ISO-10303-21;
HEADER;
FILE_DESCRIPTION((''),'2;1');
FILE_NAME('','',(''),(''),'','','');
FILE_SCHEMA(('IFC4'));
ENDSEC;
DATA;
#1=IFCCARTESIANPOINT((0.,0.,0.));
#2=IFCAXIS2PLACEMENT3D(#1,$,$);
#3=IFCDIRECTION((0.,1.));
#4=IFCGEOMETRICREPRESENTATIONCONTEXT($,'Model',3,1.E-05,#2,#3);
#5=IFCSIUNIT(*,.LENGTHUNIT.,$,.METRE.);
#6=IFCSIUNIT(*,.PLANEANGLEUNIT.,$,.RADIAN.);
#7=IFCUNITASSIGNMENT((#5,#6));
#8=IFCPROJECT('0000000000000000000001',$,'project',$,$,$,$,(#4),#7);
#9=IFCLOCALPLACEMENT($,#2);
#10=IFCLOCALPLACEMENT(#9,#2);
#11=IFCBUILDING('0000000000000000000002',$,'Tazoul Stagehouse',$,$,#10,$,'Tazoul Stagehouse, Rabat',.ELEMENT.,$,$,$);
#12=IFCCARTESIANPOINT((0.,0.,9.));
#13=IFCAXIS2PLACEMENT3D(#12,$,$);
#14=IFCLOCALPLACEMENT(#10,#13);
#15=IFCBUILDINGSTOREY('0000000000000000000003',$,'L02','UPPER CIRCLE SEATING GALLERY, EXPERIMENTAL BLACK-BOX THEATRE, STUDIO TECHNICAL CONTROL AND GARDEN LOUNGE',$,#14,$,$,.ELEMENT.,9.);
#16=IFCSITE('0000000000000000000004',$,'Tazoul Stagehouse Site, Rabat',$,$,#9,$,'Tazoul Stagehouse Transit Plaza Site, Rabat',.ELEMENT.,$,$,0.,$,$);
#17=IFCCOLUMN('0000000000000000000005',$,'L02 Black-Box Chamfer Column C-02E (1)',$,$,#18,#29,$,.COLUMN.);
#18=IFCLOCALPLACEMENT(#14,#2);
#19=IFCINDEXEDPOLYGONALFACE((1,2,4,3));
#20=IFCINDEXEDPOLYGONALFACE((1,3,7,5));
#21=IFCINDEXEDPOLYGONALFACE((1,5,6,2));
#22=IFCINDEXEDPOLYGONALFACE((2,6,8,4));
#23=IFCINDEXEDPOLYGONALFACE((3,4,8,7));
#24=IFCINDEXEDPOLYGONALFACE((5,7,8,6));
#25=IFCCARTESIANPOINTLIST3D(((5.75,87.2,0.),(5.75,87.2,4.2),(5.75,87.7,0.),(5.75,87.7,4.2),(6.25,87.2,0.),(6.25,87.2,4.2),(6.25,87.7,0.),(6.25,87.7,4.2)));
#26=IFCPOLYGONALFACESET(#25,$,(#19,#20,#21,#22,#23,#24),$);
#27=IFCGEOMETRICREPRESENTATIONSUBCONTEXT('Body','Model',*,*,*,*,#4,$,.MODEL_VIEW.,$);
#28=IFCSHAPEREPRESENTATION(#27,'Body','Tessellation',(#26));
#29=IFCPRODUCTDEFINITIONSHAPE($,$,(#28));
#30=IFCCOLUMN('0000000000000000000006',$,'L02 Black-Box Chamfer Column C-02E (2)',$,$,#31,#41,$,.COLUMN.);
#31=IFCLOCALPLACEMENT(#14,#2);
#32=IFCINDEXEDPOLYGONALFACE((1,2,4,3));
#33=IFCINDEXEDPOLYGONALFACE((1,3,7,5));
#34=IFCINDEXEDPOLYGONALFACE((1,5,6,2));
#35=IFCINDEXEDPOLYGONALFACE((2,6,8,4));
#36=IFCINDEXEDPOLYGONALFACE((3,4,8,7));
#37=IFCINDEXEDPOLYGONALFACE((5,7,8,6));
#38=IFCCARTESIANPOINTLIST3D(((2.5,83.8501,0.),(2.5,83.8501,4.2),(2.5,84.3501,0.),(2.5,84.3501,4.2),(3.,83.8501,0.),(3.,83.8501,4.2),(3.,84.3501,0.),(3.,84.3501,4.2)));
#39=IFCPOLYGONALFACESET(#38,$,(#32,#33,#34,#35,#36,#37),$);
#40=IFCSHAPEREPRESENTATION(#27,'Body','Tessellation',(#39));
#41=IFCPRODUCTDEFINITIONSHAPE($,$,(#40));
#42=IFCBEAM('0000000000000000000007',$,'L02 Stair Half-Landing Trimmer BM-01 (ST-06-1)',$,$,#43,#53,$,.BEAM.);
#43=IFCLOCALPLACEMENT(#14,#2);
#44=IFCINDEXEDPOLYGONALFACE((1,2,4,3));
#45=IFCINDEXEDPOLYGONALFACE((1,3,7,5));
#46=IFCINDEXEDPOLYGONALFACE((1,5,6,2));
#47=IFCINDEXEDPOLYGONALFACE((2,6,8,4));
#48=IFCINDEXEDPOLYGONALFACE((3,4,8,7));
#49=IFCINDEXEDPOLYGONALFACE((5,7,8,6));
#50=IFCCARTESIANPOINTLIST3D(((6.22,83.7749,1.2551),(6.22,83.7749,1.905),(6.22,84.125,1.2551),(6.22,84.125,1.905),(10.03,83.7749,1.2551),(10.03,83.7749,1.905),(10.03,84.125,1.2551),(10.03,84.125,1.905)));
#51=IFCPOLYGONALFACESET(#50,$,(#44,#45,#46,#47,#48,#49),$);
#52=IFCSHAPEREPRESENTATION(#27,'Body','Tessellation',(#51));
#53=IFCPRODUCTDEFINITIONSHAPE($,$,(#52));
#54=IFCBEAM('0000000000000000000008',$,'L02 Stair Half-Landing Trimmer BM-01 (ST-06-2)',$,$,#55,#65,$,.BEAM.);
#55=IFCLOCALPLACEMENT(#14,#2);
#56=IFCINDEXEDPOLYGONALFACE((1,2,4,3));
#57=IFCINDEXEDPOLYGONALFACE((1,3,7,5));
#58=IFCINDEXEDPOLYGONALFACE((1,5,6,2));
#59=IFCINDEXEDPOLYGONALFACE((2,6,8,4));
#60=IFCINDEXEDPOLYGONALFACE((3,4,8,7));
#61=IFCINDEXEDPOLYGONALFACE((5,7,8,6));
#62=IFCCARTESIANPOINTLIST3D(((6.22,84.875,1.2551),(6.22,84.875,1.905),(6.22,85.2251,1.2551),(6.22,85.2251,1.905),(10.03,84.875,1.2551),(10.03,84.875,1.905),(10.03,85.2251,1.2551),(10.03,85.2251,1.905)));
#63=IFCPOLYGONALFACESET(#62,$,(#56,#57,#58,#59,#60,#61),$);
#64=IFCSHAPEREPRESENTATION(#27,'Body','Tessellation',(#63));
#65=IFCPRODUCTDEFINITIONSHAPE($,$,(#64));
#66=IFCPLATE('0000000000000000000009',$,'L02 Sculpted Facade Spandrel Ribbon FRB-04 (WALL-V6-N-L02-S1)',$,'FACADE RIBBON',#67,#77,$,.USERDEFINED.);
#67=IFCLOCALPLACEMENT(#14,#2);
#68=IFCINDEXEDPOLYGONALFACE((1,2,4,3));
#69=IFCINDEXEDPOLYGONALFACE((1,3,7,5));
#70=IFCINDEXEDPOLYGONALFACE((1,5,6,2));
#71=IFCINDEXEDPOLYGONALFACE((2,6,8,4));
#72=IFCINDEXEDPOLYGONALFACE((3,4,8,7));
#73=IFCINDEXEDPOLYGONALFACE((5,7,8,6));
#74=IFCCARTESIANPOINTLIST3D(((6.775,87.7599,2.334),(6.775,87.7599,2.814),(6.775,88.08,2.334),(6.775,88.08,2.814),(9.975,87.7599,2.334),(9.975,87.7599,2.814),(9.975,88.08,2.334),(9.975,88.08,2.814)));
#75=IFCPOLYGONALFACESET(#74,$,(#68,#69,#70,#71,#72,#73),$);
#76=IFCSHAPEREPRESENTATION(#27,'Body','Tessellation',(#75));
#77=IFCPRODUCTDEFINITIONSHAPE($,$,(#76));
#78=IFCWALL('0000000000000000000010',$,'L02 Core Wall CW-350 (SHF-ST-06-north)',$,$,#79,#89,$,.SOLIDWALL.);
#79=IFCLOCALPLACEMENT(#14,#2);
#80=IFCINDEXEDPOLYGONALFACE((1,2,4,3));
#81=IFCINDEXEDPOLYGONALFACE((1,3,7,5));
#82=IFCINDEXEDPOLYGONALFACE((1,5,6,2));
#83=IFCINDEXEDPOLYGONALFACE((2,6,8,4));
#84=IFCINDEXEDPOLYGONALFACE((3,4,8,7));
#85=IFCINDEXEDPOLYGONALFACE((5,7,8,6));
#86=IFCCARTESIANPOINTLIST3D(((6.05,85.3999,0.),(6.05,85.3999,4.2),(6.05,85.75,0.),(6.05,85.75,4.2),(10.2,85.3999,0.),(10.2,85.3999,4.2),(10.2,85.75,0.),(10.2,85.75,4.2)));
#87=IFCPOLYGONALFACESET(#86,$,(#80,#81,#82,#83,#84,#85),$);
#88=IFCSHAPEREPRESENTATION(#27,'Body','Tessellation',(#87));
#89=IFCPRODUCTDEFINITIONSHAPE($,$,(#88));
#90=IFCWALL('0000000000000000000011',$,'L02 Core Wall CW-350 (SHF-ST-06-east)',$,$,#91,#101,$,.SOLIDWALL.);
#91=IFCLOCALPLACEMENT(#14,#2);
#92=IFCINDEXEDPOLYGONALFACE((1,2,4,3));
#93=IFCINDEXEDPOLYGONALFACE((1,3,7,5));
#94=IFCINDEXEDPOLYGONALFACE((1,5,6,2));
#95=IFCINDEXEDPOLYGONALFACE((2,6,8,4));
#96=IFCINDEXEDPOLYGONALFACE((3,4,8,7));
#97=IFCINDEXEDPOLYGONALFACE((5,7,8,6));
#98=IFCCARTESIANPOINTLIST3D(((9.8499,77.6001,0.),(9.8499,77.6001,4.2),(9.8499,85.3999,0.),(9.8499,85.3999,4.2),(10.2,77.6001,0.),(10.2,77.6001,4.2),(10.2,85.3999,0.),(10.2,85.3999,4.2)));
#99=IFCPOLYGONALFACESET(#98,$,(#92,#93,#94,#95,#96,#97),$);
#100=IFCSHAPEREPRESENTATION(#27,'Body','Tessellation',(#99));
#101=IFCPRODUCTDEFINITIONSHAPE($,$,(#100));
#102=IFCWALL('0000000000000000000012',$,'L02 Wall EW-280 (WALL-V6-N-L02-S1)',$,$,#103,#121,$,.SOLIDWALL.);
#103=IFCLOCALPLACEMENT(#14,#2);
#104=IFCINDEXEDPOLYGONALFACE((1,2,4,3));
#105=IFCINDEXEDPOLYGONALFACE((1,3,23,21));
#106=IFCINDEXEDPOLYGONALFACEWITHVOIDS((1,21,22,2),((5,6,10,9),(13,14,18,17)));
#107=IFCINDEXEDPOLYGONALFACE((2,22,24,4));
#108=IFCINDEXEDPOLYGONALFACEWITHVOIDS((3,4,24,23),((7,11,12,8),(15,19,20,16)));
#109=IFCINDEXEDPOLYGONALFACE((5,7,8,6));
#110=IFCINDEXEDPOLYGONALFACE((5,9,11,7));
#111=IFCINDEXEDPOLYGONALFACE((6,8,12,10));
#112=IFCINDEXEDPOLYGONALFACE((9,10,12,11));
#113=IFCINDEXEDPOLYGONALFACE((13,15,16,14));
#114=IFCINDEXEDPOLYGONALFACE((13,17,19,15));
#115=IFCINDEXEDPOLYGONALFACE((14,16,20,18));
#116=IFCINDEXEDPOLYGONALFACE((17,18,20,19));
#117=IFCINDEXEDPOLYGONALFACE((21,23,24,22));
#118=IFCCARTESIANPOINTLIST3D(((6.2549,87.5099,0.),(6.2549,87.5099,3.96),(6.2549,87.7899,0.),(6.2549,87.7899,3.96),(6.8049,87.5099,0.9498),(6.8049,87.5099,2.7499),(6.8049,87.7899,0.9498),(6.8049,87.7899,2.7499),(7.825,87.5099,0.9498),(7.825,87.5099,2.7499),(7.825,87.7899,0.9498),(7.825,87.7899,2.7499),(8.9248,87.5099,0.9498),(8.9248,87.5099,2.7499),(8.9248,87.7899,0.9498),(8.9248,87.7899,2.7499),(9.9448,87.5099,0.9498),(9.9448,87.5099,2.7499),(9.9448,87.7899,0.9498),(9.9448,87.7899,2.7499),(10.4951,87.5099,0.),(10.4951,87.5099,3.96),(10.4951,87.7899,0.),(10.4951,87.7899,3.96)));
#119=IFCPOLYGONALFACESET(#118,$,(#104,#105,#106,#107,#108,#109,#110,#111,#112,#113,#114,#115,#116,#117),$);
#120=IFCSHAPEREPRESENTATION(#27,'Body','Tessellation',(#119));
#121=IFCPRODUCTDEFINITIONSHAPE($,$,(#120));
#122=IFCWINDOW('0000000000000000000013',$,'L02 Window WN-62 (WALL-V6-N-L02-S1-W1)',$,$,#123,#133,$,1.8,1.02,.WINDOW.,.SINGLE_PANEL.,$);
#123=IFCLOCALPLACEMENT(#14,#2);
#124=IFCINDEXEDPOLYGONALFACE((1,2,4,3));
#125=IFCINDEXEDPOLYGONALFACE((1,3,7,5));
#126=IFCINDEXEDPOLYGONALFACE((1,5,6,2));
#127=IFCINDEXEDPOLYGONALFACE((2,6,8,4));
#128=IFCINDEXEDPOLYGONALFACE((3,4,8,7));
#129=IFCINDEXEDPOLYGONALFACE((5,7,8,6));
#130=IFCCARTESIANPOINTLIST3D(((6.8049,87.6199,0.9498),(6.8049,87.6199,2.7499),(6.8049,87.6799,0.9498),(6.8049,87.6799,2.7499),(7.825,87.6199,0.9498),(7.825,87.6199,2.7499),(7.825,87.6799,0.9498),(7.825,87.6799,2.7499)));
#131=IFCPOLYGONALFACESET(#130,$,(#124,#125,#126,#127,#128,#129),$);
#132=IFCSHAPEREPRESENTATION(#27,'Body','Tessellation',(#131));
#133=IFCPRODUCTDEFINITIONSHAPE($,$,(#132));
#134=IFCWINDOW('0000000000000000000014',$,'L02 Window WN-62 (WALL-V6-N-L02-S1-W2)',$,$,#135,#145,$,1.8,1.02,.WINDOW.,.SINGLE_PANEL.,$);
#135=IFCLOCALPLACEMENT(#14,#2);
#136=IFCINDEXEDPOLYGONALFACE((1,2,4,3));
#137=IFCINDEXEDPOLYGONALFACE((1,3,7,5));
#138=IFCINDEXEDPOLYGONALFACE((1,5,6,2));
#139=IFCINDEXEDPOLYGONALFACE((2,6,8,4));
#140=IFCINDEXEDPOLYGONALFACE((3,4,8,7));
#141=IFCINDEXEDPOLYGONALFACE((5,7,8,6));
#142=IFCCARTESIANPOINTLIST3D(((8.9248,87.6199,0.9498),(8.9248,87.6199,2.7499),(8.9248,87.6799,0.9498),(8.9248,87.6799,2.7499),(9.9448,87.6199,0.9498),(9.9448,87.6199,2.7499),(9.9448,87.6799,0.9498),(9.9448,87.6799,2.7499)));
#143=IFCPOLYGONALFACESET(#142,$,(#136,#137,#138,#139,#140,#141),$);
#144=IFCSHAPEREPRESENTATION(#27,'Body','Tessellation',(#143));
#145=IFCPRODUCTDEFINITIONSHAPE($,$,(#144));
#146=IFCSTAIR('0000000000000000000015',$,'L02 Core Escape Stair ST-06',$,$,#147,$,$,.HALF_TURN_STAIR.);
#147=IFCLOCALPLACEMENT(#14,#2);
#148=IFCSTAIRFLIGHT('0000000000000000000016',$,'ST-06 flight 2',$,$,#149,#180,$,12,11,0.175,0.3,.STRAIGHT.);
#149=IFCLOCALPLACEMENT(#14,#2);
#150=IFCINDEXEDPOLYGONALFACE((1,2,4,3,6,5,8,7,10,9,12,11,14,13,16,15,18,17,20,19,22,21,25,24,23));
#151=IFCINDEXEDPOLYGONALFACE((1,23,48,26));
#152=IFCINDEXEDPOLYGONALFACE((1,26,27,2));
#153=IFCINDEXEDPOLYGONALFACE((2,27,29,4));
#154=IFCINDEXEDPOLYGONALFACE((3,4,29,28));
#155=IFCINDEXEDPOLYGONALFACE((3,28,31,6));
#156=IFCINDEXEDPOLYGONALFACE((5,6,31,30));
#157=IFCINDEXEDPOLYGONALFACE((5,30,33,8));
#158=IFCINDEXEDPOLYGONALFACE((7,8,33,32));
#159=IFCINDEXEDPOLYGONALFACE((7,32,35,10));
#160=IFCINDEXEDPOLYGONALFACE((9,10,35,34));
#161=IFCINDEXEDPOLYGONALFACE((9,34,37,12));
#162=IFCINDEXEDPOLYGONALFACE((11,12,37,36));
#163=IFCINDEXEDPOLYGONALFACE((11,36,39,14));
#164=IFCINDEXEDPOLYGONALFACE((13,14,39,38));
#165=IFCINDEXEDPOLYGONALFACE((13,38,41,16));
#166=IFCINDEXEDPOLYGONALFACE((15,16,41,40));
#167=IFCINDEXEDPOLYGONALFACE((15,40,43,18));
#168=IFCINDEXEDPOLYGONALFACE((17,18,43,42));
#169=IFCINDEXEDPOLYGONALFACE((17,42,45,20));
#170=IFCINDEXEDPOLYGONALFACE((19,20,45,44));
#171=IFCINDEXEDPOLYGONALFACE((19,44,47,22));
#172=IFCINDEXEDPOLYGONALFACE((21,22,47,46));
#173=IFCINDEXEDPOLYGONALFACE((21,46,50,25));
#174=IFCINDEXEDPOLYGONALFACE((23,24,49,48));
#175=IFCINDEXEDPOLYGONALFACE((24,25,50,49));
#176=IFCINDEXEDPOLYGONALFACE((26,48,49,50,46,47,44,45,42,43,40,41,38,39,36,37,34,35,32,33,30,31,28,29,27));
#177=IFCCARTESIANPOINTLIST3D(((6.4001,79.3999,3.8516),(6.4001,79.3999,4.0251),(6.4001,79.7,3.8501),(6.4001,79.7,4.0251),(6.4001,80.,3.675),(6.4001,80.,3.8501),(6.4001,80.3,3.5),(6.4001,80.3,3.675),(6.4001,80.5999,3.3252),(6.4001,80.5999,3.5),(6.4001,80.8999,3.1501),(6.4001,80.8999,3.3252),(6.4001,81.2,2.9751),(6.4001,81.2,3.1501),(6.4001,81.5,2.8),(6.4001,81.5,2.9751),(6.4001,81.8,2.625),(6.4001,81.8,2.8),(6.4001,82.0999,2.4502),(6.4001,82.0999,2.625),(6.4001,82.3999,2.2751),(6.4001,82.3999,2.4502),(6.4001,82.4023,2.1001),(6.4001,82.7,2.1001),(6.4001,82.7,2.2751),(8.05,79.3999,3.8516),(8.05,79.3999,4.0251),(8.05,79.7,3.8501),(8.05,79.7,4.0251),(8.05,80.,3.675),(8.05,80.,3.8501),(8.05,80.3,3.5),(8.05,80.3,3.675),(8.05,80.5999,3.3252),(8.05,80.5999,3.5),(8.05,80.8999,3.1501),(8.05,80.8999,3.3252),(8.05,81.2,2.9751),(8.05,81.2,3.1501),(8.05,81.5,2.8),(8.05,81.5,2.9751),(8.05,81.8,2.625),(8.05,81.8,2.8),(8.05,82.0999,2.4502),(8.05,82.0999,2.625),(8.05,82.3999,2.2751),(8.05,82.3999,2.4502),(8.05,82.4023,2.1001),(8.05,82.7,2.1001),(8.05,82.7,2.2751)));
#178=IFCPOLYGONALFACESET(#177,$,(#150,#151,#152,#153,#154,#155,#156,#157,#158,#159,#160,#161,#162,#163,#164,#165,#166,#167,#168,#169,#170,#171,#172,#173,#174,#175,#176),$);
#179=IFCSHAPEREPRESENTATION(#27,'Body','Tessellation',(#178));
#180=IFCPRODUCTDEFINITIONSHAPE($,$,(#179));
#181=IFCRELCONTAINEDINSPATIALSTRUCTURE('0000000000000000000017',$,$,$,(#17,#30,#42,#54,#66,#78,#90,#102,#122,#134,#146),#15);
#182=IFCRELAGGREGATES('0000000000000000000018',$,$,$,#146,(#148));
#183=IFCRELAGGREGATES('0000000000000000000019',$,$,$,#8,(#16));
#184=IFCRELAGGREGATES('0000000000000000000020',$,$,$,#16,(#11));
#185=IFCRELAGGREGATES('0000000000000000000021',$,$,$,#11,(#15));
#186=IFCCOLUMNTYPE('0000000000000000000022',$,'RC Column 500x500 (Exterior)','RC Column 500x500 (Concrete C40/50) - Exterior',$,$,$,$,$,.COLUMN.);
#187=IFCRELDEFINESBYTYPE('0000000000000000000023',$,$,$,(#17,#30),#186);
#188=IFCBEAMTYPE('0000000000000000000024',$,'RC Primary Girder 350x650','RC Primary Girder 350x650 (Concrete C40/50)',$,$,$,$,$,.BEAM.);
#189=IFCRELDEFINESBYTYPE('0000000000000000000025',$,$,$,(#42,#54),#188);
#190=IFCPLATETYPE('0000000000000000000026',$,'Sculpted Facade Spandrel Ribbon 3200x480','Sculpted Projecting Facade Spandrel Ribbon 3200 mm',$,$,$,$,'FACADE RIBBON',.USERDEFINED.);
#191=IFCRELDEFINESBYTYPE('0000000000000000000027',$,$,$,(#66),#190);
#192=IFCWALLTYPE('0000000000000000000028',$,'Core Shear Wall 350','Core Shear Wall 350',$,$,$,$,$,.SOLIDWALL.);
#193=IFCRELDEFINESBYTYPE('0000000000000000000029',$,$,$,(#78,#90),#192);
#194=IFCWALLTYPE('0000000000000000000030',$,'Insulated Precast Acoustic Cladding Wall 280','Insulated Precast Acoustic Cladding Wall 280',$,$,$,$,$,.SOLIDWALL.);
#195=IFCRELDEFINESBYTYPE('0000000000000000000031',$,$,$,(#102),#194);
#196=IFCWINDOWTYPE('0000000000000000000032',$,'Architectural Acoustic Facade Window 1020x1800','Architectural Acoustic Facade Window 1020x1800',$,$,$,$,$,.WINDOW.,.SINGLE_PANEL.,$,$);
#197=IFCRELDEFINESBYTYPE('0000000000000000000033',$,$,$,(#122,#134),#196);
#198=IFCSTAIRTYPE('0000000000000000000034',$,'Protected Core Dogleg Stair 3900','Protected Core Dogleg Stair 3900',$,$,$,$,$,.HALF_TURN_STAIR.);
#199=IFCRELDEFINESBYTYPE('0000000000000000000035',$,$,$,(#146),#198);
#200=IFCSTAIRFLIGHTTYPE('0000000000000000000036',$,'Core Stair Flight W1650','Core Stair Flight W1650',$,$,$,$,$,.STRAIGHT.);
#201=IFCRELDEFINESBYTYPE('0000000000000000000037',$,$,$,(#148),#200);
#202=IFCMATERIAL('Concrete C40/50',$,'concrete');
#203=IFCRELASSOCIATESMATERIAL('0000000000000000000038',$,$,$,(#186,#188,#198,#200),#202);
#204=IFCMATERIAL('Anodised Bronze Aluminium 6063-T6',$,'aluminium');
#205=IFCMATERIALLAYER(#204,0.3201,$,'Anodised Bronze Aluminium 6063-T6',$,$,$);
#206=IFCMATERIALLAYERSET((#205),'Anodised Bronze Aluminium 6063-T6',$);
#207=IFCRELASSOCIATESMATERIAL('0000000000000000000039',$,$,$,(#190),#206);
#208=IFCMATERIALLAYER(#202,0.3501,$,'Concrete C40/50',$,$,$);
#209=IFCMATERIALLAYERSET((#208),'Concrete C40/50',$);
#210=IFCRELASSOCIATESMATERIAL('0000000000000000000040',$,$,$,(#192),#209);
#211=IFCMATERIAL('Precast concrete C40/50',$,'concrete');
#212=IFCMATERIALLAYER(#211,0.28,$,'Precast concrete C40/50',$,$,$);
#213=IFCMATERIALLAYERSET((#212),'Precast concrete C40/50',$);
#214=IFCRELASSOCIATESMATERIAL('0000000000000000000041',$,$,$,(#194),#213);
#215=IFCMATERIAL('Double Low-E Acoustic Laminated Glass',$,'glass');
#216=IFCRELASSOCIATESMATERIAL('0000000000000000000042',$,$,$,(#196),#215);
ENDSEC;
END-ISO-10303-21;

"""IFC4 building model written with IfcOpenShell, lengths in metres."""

from ifc_helpers import new_model, si_unit, direction, frame, frame_2d, origin, origin_2d, place, context, subcontext, project, spatial, polyline, rectangle, outline, extrude, material, layer, layer_set, material_profile, profile_set, type_object, element, fill, aggregate, save


model = new_model("IFC4")

# Units and contexts
model_context = context("Model", 3, precision=1e-05, world=origin(), true_north=direction((0.0, 1.0)))
body_context = subcontext(model_context, "Body", "Model", "MODEL_VIEW")
ifc_project = project(units=[si_unit("LENGTHUNIT", "METRE"), si_unit("PLANEANGLEUNIT", "RADIAN")], contexts=[model_context])

# Site, building, storey
site_placement = place(None, origin())
site = spatial("IfcSite", under=ifc_project, at=site_placement, Name="Tazoul Stagehouse Site, Rabat", LongName="Tazoul Stagehouse Transit Plaza Site, Rabat", CompositionType="ELEMENT", RefElevation=0.0)
building_placement = place(site_placement, origin())
building = spatial("IfcBuilding", under=site, at=building_placement, Name="Tazoul Stagehouse", LongName="Tazoul Stagehouse, Rabat", CompositionType="ELEMENT")
storey_placement = place(building_placement, frame((0.0, 0.0, 9.0)))
storey = spatial("IfcBuildingStorey", under=building, at=storey_placement, Name="L02", Description="UPPER CIRCLE SEATING GALLERY, EXPERIMENTAL BLACK-BOX THEATRE, STUDIO TECHNICAL CONTROL AND GARDEN LOUNGE", CompositionType="ELEMENT", Elevation=9.0)

# Columns
ifc_material_1 = material(Name="Concrete C40/50", Category="concrete")
ifc_material_profile_1 = material_profile(ifc_material_1, rectangle(XDim=0.5, YDim=0.5, at=origin_2d()), Name="RC 500x500")
ifc_profile_set_1 = profile_set([ifc_material_profile_1], Name="Concrete C40/50")
column_type = type_object("IfcColumnType", Name="RC Column 500x500 (Exterior)", Description="RC Column 500x500 (Concrete C40/50) - Exterior", PredefinedType="COLUMN", material=ifc_profile_set_1)
for number, where, z_axis, x_axis, name in (
    (1, (6.0, 87.45, 0.0), (0.0, 0.0, 1.0), (1.0, 0.0, 0.0), "L02 Black-Box Chamfer Column C-02E (1)"),
    (2, (2.75, 84.1001, 0.0), (0.0, 0.0, 1.0), (1.0, 0.0, 0.0), "L02 Black-Box Chamfer Column C-02E (2)"),
):
    element("IfcColumn", number, at=place(storey_placement, frame(where, z_axis=z_axis, x_axis=x_axis)), inside=storey, type_object=column_type, Name=name, PredefinedType="COLUMN", context=body_context, shape_type="SweptSolid", body=[
        extrude(rectangle(XDim=0.5, YDim=0.5, at=origin_2d()), origin(), (0.0, 0.0, 1.0), 4.2),
    ])

# Shared definitions
ifc_material_2 = material(Name="Anodised Bronze Aluminium 6063-T6", Category="aluminium")

# Beams
ifc_material_profile_2 = material_profile(ifc_material_1, rectangle(XDim=0.3501, YDim=0.6499, at=origin_2d()), Name="RC 350x650")
ifc_profile_set_2 = profile_set([ifc_material_profile_2], Name="Concrete C40/50")
beam_type = type_object("IfcBeamType", Name="RC Primary Girder 350x650", Description="RC Primary Girder 350x650 (Concrete C40/50)", PredefinedType="BEAM", material=ifc_profile_set_2)
for number, where, z_axis, x_axis, name in (
    (3, (6.22, 83.95, 1.5801), (1.0, 0.0, 0.0), (0.0, 1.0, 0.0), "L02 Stair Half-Landing Trimmer BM-01 (ST-06-1)"),
    (4, (6.22, 85.05, 1.5801), (1.0, 0.0, 0.0), (0.0, 1.0, 0.0), "L02 Stair Half-Landing Trimmer BM-01 (ST-06-2)"),
):
    element("IfcBeam", number, at=place(storey_placement, frame(where, z_axis=z_axis, x_axis=x_axis)), inside=storey, type_object=beam_type, Name=name, PredefinedType="BEAM", context=body_context, shape_type="SweptSolid", body=[
        extrude(rectangle(XDim=0.3501, YDim=0.6499, at=origin_2d()), origin(), (0.0, 0.0, 1.0), 3.8101),
    ])

# Plate
ifc_layer_1 = layer(ifc_material_2, 0.3201, Name="Anodised Bronze Aluminium 6063-T6")
ifc_layer_set_1 = layer_set([ifc_layer_1], Name="Anodised Bronze Aluminium 6063-T6")
plate_type_1 = type_object("IfcPlateType", Name="Sculpted Facade Spandrel Ribbon 3200x480", Description="Sculpted Projecting Facade Spandrel Ribbon 3200 mm", ElementType="FACADE RIBBON", PredefinedType="USERDEFINED", material=ifc_layer_set_1)
plate_1_placement = place(storey_placement, frame((8.375, 87.9199, 2.334), z_axis=(0.0, 0.0, 1.0), x_axis=(1.0, 0.0, 0.0)))
element("IfcPlate", 5, at=plate_1_placement, inside=storey, type_object=plate_type_1, Name="L02 Sculpted Facade Spandrel Ribbon FRB-04 (WALL-V6-N-L02-S1)", ObjectType="FACADE RIBBON", PredefinedType="USERDEFINED", context=body_context, shape_type="SweptSolid", body=[
    extrude(rectangle(XDim=3.2, YDim=0.3201, at=origin_2d()), origin(), (0.0, 0.0, 1.0), 0.48),
])

# Walls
ifc_layer_2 = layer(ifc_material_1, 0.3501, Name="Concrete C40/50")
ifc_layer_set_2 = layer_set([ifc_layer_2], Name="Concrete C40/50")
wall_type_1 = type_object("IfcWallType", Name="Core Shear Wall 350", Description="Core Shear Wall 350", PredefinedType="SOLIDWALL", material=ifc_layer_set_2)
wall_1_placement = place(storey_placement, frame((6.05, 85.575, 0.0), z_axis=(0.0, 0.0, 1.0), x_axis=(1.0, 0.0, 0.0)))
element("IfcWall", 6, at=wall_1_placement, inside=storey, type_object=wall_type_1, Name="L02 Core Wall CW-350 (SHF-ST-06-north)", PredefinedType="SOLIDWALL", context=body_context, shape_type="SweptSolid", body=[
    extrude(rectangle(XDim=4.1499, YDim=0.3501, at=frame_2d((2.075, 0.0))), origin(), (0.0, 0.0, 1.0), 4.2),
])
wall_2_placement = place(storey_placement, frame((10.0249, 85.3999, 0.0), z_axis=(0.0, 0.0, 1.0), x_axis=(0.0, -1.0, 0.0)))
element("IfcWall", 7, at=wall_2_placement, inside=storey, type_object=wall_type_1, Name="L02 Core Wall CW-350 (SHF-ST-06-east)", PredefinedType="SOLIDWALL", context=body_context, shape_type="SweptSolid", body=[
    extrude(rectangle(XDim=7.7998, YDim=0.3501, at=frame_2d((3.8999, 0.0))), origin(), (0.0, 0.0, 1.0), 4.2),
])

# Wall, openings, windows
ifc_material_3 = material(Name="Precast concrete C40/50", Category="concrete")
ifc_layer_3 = layer(ifc_material_3, 0.28, Name="Precast concrete C40/50")
ifc_layer_set_3 = layer_set([ifc_layer_3], Name="Precast concrete C40/50")
wall_type_2 = type_object("IfcWallType", Name="Insulated Precast Acoustic Cladding Wall 280", Description="Insulated Precast Acoustic Cladding Wall 280", PredefinedType="SOLIDWALL", material=ifc_layer_set_3)
wall_3_placement = place(storey_placement, frame((6.2549, 87.6499, 0.0), z_axis=(0.0, 0.0, 1.0), x_axis=(1.0, 0.0, 0.0)))
wall_3 = element("IfcWall", 8, at=wall_3_placement, inside=storey, type_object=wall_type_2, Name="L02 Wall EW-280 (WALL-V6-N-L02-S1)", PredefinedType="SOLIDWALL", context=body_context, shape_type="SweptSolid", body=[
    extrude(rectangle(XDim=4.2402, YDim=0.28, at=frame_2d((2.1201, 0.0))), origin(), (0.0, 0.0, 1.0), 3.96),
])
opening_1_placement = place(wall_3_placement, frame((0.55, 0.0, 0.95)))
opening_1 = element("IfcOpeningElement", 9, at=opening_1_placement, cuts=wall_3, PredefinedType="OPENING", context=body_context, shape_type="SweptSolid", body=[
    extrude(rectangle(XDim=1.02, YDim=1.8, at=frame_2d((0.51, 0.8999))), frame((0.0, 0.1599, 0.0), z_axis=(0.0, -1.0, 0.0), x_axis=(1.0, 0.0, 0.0)), (0.0, 0.0, 1.0), 0.3201),
])
opening_2_placement = place(wall_3_placement, frame((2.6699, 0.0, 0.95)))
opening_2 = element("IfcOpeningElement", 10, at=opening_2_placement, cuts=wall_3, PredefinedType="OPENING", context=body_context, shape_type="SweptSolid", body=[
    extrude(rectangle(XDim=1.02, YDim=1.8, at=frame_2d((0.51, 0.8999))), frame((0.0, 0.1599, 0.0), z_axis=(0.0, -1.0, 0.0), x_axis=(1.0, 0.0, 0.0)), (0.0, 0.0, 1.0), 0.3201),
])
ifc_material_4 = material(Name="Double Low-E Acoustic Laminated Glass", Category="glass")
window_type = type_object("IfcWindowType", Name="Architectural Acoustic Facade Window 1020x1800", Description="Architectural Acoustic Facade Window 1020x1800", PartitioningType="SINGLE_PANEL", PredefinedType="WINDOW", material=ifc_material_4)
window_1_placement = place(opening_1_placement, origin())
window_1 = element("IfcWindow", 11, at=window_1_placement, inside=storey, type_object=window_type, Name="L02 Window WN-62 (WALL-V6-N-L02-S1-W1)", OverallHeight=1.8, OverallWidth=1.02, PartitioningType="SINGLE_PANEL", PredefinedType="WINDOW", context=body_context, shape_type="SweptSolid", body=[
    extrude(rectangle(XDim=1.02, YDim=1.8, at=frame_2d((0.51, 0.8999))), frame((0.0, 0.03, 0.0), z_axis=(0.0, -1.0, 0.0), x_axis=(1.0, 0.0, 0.0)), (0.0, 0.0, 1.0), 0.0601),
])
fill(opening_1, window_1)
window_2_placement = place(opening_2_placement, origin())
window_2 = element("IfcWindow", 12, at=window_2_placement, inside=storey, type_object=window_type, Name="L02 Window WN-62 (WALL-V6-N-L02-S1-W2)", OverallHeight=1.8, OverallWidth=1.02, PartitioningType="SINGLE_PANEL", PredefinedType="WINDOW", context=body_context, shape_type="SweptSolid", body=[
    extrude(rectangle(XDim=1.02, YDim=1.8, at=frame_2d((0.51, 0.8999))), frame((0.0, 0.03, 0.0), z_axis=(0.0, -1.0, 0.0), x_axis=(1.0, 0.0, 0.0)), (0.0, 0.0, 1.0), 0.0601),
])
fill(opening_2, window_2)

# Stair, stair flight
stair_type = type_object("IfcStairType", Name="Protected Core Dogleg Stair 3900", Description="Protected Core Dogleg Stair 3900", PredefinedType="HALF_TURN_STAIR", material=ifc_material_1)
stair_placement = place(storey_placement, origin())
stair = element("IfcStair", 13, at=stair_placement, inside=storey, type_object=stair_type, Name="L02 Core Escape Stair ST-06", PredefinedType="HALF_TURN_STAIR")
stair_flight_type = type_object("IfcStairFlightType", Name="Core Stair Flight W1650", Description="Core Stair Flight W1650", PredefinedType="STRAIGHT", material=ifc_material_1)
stair_flight_placement = place(storey_placement, frame((7.2251, 82.7, 2.1001), z_axis=(0.0, 0.0, 1.0), x_axis=(0.0, -1.0, 0.0)))
stair_flight = element("IfcStairFlight", 14, at=stair_flight_placement, type_object=stair_flight_type, Name="ST-06 flight 2", NumberOfRisers=12, NumberOfTreads=11, PredefinedType="STRAIGHT", RiserHeight=0.175, TreadLength=0.3, context=body_context, shape_type="SweptSolid", body=[
    extrude(outline(polyline([(0.0, 0.0), (0.0, 0.175), (0.3, 0.175), (0.3, 0.3501), (0.6001, 0.3501), (0.6001, 0.5249), (0.8999, 0.5249), (0.8999, 0.7), (1.2, 0.7), (1.2, 0.875), (1.5, 0.875), (1.5, 1.05), (1.8, 1.05), (1.8, 1.2251), (2.1001, 1.2251), (2.1001, 1.3999), (2.3999, 1.3999), (2.3999, 1.575), (2.7, 1.575), (2.7, 1.75), (3.0, 1.75), (3.0, 1.925), (3.3, 1.925), (3.3, 2.1001), (3.3, 1.7515), (0.2976, 0.0), (0.0, 0.0)])), frame((0.0, 0.825, 0.0), z_axis=(0.0, -1.0, 0.0), x_axis=(1.0, 0.0, 0.0)), (0.0, 0.0, 1.0), 1.6499),
])
aggregate(stair, [stair_flight])

save(model, "model.ifc")
